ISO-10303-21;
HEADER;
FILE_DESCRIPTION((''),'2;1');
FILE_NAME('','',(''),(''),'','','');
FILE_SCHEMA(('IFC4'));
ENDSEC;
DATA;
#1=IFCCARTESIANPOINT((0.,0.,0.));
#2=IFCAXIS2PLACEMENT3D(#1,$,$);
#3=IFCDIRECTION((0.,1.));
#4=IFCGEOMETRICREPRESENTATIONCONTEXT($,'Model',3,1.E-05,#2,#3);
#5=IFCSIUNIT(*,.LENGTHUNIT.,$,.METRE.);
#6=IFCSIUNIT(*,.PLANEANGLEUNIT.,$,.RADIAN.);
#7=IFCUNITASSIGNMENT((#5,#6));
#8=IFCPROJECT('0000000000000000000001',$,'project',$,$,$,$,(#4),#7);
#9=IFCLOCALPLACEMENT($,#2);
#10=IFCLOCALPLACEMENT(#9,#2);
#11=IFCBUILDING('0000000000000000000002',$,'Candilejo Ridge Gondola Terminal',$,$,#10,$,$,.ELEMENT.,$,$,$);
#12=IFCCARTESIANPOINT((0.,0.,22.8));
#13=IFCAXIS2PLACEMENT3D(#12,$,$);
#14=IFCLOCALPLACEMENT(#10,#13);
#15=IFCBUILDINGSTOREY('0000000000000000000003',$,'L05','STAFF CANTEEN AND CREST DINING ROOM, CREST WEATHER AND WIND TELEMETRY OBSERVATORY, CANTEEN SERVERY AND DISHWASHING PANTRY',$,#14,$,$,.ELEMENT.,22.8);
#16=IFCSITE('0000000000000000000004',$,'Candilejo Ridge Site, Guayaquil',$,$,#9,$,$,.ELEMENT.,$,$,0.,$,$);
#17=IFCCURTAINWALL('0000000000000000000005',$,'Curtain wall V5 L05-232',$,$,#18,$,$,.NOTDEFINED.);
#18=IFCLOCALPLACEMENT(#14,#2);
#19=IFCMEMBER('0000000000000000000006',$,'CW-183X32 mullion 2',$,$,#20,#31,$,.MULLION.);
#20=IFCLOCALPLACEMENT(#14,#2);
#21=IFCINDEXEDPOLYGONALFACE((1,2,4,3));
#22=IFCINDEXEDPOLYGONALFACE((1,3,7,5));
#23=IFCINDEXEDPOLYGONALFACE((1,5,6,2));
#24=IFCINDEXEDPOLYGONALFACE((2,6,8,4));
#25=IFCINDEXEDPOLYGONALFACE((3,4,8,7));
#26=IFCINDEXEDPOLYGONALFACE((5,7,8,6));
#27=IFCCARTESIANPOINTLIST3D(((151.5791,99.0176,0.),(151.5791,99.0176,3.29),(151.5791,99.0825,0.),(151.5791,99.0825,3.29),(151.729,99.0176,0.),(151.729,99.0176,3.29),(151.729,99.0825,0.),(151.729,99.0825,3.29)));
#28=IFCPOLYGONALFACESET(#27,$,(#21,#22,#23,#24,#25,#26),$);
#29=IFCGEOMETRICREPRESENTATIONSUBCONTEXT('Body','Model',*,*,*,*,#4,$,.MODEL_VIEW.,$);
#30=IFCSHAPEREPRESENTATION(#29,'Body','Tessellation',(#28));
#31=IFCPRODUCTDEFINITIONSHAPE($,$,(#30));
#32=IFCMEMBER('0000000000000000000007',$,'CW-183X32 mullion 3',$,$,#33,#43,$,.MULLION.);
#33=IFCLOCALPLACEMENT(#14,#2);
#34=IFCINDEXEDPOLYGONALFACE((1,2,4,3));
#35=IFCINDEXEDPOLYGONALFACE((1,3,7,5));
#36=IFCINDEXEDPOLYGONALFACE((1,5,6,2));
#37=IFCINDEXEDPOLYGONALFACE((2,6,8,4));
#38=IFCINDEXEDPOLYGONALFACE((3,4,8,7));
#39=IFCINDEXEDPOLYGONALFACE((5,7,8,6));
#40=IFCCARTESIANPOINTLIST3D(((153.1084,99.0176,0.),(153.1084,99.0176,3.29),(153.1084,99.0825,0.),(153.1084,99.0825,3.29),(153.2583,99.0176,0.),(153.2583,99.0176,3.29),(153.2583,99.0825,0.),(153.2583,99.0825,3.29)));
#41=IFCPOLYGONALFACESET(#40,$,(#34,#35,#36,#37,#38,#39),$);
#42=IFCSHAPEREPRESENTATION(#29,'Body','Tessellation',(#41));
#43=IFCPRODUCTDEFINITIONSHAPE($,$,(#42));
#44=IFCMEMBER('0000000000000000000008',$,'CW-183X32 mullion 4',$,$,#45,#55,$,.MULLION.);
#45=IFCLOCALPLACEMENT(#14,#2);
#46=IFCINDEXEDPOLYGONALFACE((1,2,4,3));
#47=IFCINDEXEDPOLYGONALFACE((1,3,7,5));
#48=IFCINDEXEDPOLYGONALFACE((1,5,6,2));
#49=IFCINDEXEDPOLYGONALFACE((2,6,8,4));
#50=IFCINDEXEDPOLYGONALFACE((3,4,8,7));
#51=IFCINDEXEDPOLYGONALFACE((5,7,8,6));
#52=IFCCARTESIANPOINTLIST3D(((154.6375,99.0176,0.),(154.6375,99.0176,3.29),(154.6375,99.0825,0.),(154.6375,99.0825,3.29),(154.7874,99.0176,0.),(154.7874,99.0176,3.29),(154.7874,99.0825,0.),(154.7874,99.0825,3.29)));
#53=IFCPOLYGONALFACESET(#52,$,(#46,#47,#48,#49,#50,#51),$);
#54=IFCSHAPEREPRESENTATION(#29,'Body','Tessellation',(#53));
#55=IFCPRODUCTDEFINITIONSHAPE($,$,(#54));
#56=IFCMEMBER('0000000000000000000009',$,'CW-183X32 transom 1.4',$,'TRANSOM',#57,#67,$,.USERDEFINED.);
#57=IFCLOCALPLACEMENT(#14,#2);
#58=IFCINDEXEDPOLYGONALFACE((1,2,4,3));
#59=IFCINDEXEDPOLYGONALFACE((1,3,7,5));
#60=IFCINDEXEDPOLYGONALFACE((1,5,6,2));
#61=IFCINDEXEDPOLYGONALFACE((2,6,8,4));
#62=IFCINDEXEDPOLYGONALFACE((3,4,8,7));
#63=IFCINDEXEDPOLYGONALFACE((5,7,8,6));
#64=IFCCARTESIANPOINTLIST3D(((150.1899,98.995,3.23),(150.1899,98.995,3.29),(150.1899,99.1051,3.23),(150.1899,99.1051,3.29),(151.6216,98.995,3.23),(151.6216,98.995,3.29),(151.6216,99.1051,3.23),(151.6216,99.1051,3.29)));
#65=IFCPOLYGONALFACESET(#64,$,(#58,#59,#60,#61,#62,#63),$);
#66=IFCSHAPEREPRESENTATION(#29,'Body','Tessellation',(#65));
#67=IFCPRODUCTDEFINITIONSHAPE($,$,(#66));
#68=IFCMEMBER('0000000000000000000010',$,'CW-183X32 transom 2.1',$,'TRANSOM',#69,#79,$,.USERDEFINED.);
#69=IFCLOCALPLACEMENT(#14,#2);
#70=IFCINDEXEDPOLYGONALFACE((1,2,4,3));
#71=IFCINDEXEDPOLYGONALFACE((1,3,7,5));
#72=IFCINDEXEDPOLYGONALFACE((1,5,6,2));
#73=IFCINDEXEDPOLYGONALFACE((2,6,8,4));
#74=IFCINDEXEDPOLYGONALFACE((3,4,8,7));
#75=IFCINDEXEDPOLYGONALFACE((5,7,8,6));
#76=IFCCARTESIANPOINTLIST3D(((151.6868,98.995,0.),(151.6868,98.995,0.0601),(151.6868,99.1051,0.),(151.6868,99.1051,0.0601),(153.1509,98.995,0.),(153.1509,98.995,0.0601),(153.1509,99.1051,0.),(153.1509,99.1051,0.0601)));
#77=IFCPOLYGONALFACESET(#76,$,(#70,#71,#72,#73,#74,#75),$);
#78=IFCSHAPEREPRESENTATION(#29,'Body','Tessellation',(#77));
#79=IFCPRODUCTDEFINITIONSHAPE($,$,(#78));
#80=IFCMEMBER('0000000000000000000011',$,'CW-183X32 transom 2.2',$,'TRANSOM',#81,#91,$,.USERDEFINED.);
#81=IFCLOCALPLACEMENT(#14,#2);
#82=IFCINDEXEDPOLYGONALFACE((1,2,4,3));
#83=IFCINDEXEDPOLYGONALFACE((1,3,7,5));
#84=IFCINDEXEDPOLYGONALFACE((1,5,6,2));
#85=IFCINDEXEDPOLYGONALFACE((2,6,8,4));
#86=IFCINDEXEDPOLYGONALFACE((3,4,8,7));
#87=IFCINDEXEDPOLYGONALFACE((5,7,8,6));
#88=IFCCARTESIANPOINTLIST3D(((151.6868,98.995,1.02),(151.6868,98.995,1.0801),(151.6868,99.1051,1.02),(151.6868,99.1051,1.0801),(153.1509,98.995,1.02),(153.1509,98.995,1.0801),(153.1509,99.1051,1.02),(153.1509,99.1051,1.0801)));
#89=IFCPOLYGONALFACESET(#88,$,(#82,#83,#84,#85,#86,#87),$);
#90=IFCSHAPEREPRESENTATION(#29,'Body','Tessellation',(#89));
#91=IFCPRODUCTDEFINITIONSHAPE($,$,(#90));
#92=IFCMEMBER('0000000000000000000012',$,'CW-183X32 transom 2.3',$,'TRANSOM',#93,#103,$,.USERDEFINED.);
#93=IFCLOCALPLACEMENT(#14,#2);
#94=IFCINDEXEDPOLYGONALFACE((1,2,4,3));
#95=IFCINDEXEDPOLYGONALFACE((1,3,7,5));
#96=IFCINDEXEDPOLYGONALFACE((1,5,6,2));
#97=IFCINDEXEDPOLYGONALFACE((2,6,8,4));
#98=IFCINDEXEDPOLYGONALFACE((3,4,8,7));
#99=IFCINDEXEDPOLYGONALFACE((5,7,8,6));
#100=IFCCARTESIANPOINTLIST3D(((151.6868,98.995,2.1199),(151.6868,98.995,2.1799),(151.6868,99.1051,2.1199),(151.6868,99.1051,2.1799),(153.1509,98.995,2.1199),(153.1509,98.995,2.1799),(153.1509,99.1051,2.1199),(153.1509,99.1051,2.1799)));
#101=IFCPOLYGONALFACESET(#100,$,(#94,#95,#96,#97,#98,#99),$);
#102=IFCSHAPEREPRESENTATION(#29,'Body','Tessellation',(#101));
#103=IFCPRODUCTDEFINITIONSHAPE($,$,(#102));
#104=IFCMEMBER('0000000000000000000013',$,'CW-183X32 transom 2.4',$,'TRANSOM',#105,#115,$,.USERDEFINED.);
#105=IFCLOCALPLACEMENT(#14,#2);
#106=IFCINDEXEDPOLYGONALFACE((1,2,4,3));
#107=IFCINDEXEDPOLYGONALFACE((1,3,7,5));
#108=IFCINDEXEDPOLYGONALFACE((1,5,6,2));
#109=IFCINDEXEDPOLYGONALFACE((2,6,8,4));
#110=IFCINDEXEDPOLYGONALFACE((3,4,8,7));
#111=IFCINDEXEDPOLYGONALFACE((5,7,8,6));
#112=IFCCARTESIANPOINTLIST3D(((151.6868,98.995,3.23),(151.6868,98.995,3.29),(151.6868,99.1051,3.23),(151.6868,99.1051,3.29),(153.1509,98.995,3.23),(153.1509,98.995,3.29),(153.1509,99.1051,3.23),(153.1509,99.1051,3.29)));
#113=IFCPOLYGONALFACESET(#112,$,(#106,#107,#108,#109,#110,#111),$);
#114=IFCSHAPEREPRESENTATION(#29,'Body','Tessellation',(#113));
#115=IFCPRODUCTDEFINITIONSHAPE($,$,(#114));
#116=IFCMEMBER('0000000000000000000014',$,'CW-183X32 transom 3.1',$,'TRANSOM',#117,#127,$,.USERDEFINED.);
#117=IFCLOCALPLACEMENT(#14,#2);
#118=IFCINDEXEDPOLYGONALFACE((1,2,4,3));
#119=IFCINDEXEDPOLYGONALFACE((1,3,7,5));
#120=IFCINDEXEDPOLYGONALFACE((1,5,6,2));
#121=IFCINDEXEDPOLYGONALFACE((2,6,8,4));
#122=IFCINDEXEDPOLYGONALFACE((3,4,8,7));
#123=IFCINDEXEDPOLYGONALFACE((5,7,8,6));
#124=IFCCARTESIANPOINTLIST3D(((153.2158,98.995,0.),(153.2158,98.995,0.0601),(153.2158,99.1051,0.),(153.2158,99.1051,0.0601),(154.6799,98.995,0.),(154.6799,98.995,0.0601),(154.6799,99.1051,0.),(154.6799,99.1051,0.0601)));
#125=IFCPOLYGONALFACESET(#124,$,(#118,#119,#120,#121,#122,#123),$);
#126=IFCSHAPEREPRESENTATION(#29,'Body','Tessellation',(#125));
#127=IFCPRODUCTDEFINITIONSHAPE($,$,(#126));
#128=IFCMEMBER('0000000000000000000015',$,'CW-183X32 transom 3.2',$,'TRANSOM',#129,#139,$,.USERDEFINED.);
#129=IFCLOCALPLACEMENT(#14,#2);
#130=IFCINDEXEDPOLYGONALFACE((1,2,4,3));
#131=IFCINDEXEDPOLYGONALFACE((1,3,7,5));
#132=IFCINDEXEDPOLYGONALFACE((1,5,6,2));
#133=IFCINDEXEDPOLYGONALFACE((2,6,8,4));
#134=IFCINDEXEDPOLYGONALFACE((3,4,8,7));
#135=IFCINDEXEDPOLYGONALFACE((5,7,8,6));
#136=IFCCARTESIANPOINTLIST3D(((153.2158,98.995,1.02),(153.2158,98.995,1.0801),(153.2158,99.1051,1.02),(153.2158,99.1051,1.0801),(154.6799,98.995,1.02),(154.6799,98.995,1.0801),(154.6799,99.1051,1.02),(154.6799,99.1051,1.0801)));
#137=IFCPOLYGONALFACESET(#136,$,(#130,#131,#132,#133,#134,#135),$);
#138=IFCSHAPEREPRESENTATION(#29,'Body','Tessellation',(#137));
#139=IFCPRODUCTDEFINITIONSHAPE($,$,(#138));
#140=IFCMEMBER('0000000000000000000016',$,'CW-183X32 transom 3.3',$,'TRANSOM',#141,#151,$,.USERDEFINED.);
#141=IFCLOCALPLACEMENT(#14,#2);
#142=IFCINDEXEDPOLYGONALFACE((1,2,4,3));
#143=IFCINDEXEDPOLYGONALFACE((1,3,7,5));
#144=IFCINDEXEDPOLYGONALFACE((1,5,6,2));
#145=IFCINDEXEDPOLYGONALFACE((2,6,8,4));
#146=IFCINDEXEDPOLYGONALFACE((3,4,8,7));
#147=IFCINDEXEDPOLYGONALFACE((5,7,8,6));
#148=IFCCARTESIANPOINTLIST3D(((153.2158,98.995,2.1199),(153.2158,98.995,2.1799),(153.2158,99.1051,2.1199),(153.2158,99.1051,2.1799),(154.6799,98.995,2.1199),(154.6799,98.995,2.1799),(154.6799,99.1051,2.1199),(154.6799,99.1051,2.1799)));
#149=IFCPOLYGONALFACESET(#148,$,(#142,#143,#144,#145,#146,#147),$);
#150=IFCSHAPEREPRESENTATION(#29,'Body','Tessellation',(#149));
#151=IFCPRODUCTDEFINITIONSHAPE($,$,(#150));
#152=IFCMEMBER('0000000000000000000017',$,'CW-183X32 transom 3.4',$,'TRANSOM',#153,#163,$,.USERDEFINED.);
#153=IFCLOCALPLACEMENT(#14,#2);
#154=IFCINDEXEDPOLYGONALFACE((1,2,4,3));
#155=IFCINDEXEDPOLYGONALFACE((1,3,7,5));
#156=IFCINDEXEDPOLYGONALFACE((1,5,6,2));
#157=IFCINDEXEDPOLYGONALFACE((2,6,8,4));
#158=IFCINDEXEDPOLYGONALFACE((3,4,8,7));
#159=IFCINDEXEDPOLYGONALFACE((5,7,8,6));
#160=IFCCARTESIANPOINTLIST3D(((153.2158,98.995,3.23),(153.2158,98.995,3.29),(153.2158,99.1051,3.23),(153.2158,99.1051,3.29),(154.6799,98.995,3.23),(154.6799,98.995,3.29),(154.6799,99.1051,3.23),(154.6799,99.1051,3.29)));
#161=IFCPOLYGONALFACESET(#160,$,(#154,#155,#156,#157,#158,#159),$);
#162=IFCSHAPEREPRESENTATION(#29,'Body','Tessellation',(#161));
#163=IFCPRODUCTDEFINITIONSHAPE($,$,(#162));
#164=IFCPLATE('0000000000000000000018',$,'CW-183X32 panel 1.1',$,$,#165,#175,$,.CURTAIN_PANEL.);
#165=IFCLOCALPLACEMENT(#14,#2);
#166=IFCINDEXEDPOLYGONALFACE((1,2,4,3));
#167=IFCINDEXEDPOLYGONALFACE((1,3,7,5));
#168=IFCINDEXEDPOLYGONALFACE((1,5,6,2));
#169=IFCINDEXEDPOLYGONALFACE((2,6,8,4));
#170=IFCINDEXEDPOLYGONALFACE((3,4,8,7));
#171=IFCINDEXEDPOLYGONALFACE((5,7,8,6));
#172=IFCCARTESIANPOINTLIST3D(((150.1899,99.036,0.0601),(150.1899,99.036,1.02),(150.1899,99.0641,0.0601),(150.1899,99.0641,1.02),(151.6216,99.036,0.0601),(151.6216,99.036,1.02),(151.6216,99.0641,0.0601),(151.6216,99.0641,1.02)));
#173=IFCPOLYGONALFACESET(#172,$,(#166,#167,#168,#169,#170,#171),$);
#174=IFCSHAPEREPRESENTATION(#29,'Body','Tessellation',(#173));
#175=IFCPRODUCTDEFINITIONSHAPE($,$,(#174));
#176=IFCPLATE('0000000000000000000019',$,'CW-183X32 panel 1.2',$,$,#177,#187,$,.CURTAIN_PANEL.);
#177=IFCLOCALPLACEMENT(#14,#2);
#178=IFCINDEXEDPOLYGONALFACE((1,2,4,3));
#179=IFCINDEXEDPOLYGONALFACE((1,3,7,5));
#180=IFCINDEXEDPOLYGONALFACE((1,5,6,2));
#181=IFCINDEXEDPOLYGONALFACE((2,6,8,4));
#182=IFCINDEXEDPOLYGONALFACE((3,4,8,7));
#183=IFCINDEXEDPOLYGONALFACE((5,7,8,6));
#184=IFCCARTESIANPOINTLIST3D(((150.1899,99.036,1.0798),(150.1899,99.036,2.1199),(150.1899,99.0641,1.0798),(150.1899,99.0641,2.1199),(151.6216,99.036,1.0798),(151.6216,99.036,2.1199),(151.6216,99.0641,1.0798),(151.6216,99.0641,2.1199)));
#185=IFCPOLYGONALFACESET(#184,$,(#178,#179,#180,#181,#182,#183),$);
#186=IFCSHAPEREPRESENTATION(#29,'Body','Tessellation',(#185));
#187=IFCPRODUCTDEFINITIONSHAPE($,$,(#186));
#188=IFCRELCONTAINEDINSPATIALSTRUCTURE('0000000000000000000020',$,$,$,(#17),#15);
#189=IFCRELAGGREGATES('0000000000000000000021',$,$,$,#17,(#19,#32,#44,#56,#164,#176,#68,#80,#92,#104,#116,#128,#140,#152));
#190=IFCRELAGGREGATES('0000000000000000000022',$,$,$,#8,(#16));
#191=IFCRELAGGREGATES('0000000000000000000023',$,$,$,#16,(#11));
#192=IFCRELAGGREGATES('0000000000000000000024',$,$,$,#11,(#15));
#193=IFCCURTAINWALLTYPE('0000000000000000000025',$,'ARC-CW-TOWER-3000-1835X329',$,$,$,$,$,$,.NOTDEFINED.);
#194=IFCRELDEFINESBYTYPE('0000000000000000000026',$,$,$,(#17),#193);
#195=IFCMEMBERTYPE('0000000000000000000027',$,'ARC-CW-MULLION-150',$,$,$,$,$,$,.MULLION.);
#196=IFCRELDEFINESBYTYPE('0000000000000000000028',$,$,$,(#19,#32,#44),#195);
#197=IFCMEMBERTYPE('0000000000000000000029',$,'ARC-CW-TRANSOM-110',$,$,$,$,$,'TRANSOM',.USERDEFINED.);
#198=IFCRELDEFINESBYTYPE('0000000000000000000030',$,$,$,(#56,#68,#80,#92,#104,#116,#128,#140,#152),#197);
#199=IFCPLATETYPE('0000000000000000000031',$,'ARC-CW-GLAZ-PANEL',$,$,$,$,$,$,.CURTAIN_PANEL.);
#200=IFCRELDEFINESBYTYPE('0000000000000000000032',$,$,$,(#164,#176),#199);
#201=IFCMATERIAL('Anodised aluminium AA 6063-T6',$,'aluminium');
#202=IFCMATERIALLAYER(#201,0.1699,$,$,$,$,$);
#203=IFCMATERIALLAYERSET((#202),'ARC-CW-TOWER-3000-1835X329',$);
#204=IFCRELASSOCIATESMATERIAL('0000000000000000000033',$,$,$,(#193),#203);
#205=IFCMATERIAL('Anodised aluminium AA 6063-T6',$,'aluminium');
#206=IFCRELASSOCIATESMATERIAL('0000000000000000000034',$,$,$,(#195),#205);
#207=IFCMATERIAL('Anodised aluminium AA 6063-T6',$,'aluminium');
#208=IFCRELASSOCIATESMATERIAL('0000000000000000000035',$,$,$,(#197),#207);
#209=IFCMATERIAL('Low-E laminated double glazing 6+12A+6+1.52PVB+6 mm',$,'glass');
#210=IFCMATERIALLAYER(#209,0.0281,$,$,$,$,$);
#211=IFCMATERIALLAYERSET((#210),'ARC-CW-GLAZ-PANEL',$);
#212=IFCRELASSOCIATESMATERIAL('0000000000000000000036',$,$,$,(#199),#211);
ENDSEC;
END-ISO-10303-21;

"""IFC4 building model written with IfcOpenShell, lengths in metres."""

from ifc_helpers import new_model, si_unit, direction, frame, origin, origin_2d, place, context, subcontext, project, spatial, rectangle, extrude, material, layer, layer_set, material_profile, profile_set, type_object, element, aggregate, save


model = new_model("IFC4")

# Units and contexts
model_context = context("Model", 3, precision=1e-05, world=origin(), true_north=direction((0.0, 1.0)))
body_context = subcontext(model_context, "Body", "Model", "MODEL_VIEW")
ifc_project = project(units=[si_unit("LENGTHUNIT", "METRE"), si_unit("PLANEANGLEUNIT", "RADIAN")], contexts=[model_context])

# Site, building, storey
site_placement = place(None, origin())
site = spatial("IfcSite", under=ifc_project, at=site_placement, Name="Candilejo Ridge Site, Guayaquil", CompositionType="ELEMENT", RefElevation=0.0)
building_placement = place(site_placement, origin())
building = spatial("IfcBuilding", under=site, at=building_placement, Name="Candilejo Ridge Gondola Terminal", CompositionType="ELEMENT")
storey_placement = place(building_placement, frame((0.0, 0.0, 22.8)))
storey = spatial("IfcBuildingStorey", under=building, at=storey_placement, Name="L05", Description="STAFF CANTEEN AND CREST DINING ROOM, CREST WEATHER AND WIND TELEMETRY OBSERVATORY, CANTEEN SERVERY AND DISHWASHING PANTRY", CompositionType="ELEMENT", Elevation=22.8)

# Curtain wall, members, plates
ifc_material_1 = material(Name="Anodised aluminium AA 6063-T6", Category="aluminium")
ifc_layer_1 = layer(ifc_material_1, 0.1699)
ifc_layer_set_1 = layer_set([ifc_layer_1], Name="ARC-CW-TOWER-3000-1835X329")
curtain_wall_type = type_object("IfcCurtainWallType", Name="ARC-CW-TOWER-3000-1835X329", PredefinedType="NOTDEFINED", material=ifc_layer_set_1)
curtain_wall_placement = place(storey_placement, origin())
curtain_wall = element("IfcCurtainWall", 1, at=curtain_wall_placement, inside=storey, type_object=curtain_wall_type, Name="Curtain wall V5 L05-232", PredefinedType="NOTDEFINED")
ifc_material_2 = material(Name="Anodised aluminium AA 6063-T6", Category="aluminium")
ifc_material_profile_1 = material_profile(ifc_material_2, rectangle(XDim=0.0649, YDim=0.1499, at=origin_2d()))
ifc_profile_set_1 = profile_set([ifc_material_profile_1], Name="Anodised aluminium AA 6063-T6")
member_type_1 = type_object("IfcMemberType", Name="ARC-CW-MULLION-150", PredefinedType="MULLION", material=ifc_profile_set_1)
member_1_placement = place(storey_placement, frame((151.6541, 99.05, 0.0), z_axis=(0.0, 0.0, 1.0), x_axis=(0.0, 1.0, 0.0)))
member_1 = element("IfcMember", 2, at=member_1_placement, type_object=member_type_1, Name="CW-183X32 mullion 2", PredefinedType="MULLION", context=body_context, shape_type="SweptSolid", body=[
    extrude(rectangle(XDim=0.0649, YDim=0.1499, at=origin_2d()), origin(), (0.0, 0.0, 1.0), 3.29),
])
member_2_placement = place(storey_placement, frame((153.1833, 99.05, 0.0), z_axis=(0.0, 0.0, 1.0), x_axis=(0.0, 1.0, 0.0)))
member_2 = element("IfcMember", 3, at=member_2_placement, type_object=member_type_1, Name="CW-183X32 mullion 3", PredefinedType="MULLION", context=body_context, shape_type="SweptSolid", body=[
    extrude(rectangle(XDim=0.0649, YDim=0.1499, at=origin_2d()), origin(), (0.0, 0.0, 1.0), 3.29),
])
member_3_placement = place(storey_placement, frame((154.7124, 99.05, 0.0), z_axis=(0.0, 0.0, 1.0), x_axis=(0.0, 1.0, 0.0)))
member_3 = element("IfcMember", 4, at=member_3_placement, type_object=member_type_1, Name="CW-183X32 mullion 4", PredefinedType="MULLION", context=body_context, shape_type="SweptSolid", body=[
    extrude(rectangle(XDim=0.0649, YDim=0.1499, at=origin_2d()), origin(), (0.0, 0.0, 1.0), 3.29),
])
ifc_material_3 = material(Name="Anodised aluminium AA 6063-T6", Category="aluminium")
ifc_material_profile_2 = material_profile(ifc_material_3, rectangle(XDim=0.1101, YDim=0.0601, at=origin_2d()))
ifc_profile_set_2 = profile_set([ifc_material_profile_2], Name="Anodised aluminium AA 6063-T6")
member_type_2 = type_object("IfcMemberType", Name="ARC-CW-TRANSOM-110", ElementType="TRANSOM", PredefinedType="USERDEFINED", material=ifc_profile_set_2)
member_4_placement = place(storey_placement, frame((150.1899, 99.05, 3.26), z_axis=(1.0, 0.0, 0.0), x_axis=(0.0, 1.0, 0.0)))
member_4 = element("IfcMember", 5, at=member_4_placement, type_object=member_type_2, Name="CW-183X32 transom 1.4", ObjectType="TRANSOM", PredefinedType="USERDEFINED", context=body_context, shape_type="SweptSolid", body=[
    extrude(rectangle(XDim=0.1101, YDim=0.0601, at=origin_2d()), origin(), (0.0, 0.0, 1.0), 1.4316),
])
member_5_placement = place(storey_placement, frame((151.6868, 99.05, 0.03), z_axis=(1.0, 0.0, 0.0), x_axis=(0.0, 1.0, 0.0)))
member_5 = element("IfcMember", 6, at=member_5_placement, type_object=member_type_2, Name="CW-183X32 transom 2.1", ObjectType="TRANSOM", PredefinedType="USERDEFINED", context=body_context, shape_type="SweptSolid", body=[
    extrude(rectangle(XDim=0.1101, YDim=0.0601, at=origin_2d()), origin(), (0.0, 0.0, 1.0), 1.4641),
])
member_6_placement = place(storey_placement, frame((151.6868, 99.05, 1.05), z_axis=(1.0, 0.0, 0.0), x_axis=(0.0, 1.0, 0.0)))
member_6 = element("IfcMember", 7, at=member_6_placement, type_object=member_type_2, Name="CW-183X32 transom 2.2", ObjectType="TRANSOM", PredefinedType="USERDEFINED", context=body_context, shape_type="SweptSolid", body=[
    extrude(rectangle(XDim=0.1101, YDim=0.0601, at=origin_2d()), origin(), (0.0, 0.0, 1.0), 1.4641),
])
member_7_placement = place(storey_placement, frame((151.6868, 99.05, 2.1499), z_axis=(1.0, 0.0, 0.0), x_axis=(0.0, 1.0, 0.0)))
member_7 = element("IfcMember", 8, at=member_7_placement, type_object=member_type_2, Name="CW-183X32 transom 2.3", ObjectType="TRANSOM", PredefinedType="USERDEFINED", context=body_context, shape_type="SweptSolid", body=[
    extrude(rectangle(XDim=0.1101, YDim=0.0601, at=origin_2d()), origin(), (0.0, 0.0, 1.0), 1.4641),
])
member_8_placement = place(storey_placement, frame((151.6868, 99.05, 3.26), z_axis=(1.0, 0.0, 0.0), x_axis=(0.0, 1.0, 0.0)))
member_8 = element("IfcMember", 9, at=member_8_placement, type_object=member_type_2, Name="CW-183X32 transom 2.4", ObjectType="TRANSOM", PredefinedType="USERDEFINED", context=body_context, shape_type="SweptSolid", body=[
    extrude(rectangle(XDim=0.1101, YDim=0.0601, at=origin_2d()), origin(), (0.0, 0.0, 1.0), 1.4641),
])
member_9_placement = place(storey_placement, frame((153.2158, 99.05, 0.03), z_axis=(1.0, 0.0, 0.0), x_axis=(0.0, 1.0, 0.0)))
member_9 = element("IfcMember", 10, at=member_9_placement, type_object=member_type_2, Name="CW-183X32 transom 3.1", ObjectType="TRANSOM", PredefinedType="USERDEFINED", context=body_context, shape_type="SweptSolid", body=[
    extrude(rectangle(XDim=0.1101, YDim=0.0601, at=origin_2d()), origin(), (0.0, 0.0, 1.0), 1.4641),
])
member_10_placement = place(storey_placement, frame((153.2158, 99.05, 1.05), z_axis=(1.0, 0.0, 0.0), x_axis=(0.0, 1.0, 0.0)))
member_10 = element("IfcMember", 11, at=member_10_placement, type_object=member_type_2, Name="CW-183X32 transom 3.2", ObjectType="TRANSOM", PredefinedType="USERDEFINED", context=body_context, shape_type="SweptSolid", body=[
    extrude(rectangle(XDim=0.1101, YDim=0.0601, at=origin_2d()), origin(), (0.0, 0.0, 1.0), 1.4641),
])
member_11_placement = place(storey_placement, frame((153.2158, 99.05, 2.1499), z_axis=(1.0, 0.0, 0.0), x_axis=(0.0, 1.0, 0.0)))
member_11 = element("IfcMember", 12, at=member_11_placement, type_object=member_type_2, Name="CW-183X32 transom 3.3", ObjectType="TRANSOM", PredefinedType="USERDEFINED", context=body_context, shape_type="SweptSolid", body=[
    extrude(rectangle(XDim=0.1101, YDim=0.0601, at=origin_2d()), origin(), (0.0, 0.0, 1.0), 1.4641),
])
member_12_placement = place(storey_placement, frame((153.2158, 99.05, 3.26), z_axis=(1.0, 0.0, 0.0), x_axis=(0.0, 1.0, 0.0)))
member_12 = element("IfcMember", 13, at=member_12_placement, type_object=member_type_2, Name="CW-183X32 transom 3.4", ObjectType="TRANSOM", PredefinedType="USERDEFINED", context=body_context, shape_type="SweptSolid", body=[
    extrude(rectangle(XDim=0.1101, YDim=0.0601, at=origin_2d()), origin(), (0.0, 0.0, 1.0), 1.4641),
])
ifc_material_4 = material(Name="Low-E laminated double glazing 6+12A+6+1.52PVB+6 mm", Category="glass")
ifc_layer_2 = layer(ifc_material_4, 0.0281)
ifc_layer_set_2 = layer_set([ifc_layer_2], Name="ARC-CW-GLAZ-PANEL")
plate_type = type_object("IfcPlateType", Name="ARC-CW-GLAZ-PANEL", PredefinedType="CURTAIN_PANEL", material=ifc_layer_set_2)
plate_1_placement = place(storey_placement, frame((150.9058, 99.05, 0.0601), z_axis=(0.0, 0.0, 1.0), x_axis=(1.0, 0.0, 0.0)))
plate_1 = element("IfcPlate", 14, at=plate_1_placement, type_object=plate_type, Name="CW-183X32 panel 1.1", PredefinedType="CURTAIN_PANEL", context=body_context, shape_type="SweptSolid", body=[
    extrude(rectangle(XDim=1.4316, YDim=0.0281, at=origin_2d()), origin(), (0.0, 0.0, 1.0), 0.96),
])
plate_2_placement = place(storey_placement, frame((150.9058, 99.05, 1.0798), z_axis=(0.0, 0.0, 1.0), x_axis=(1.0, 0.0, 0.0)))
plate_2 = element("IfcPlate", 15, at=plate_2_placement, type_object=plate_type, Name="CW-183X32 panel 1.2", PredefinedType="CURTAIN_PANEL", context=body_context, shape_type="SweptSolid", body=[
    extrude(rectangle(XDim=1.4316, YDim=0.0281, at=origin_2d()), origin(), (0.0, 0.0, 1.0), 1.04),
])
aggregate(curtain_wall, [member_1, member_2, member_3, member_4, plate_1, plate_2, member_5, member_6, member_7, member_8, member_9, member_10, member_11, member_12])

save(model, "model.ifc")
